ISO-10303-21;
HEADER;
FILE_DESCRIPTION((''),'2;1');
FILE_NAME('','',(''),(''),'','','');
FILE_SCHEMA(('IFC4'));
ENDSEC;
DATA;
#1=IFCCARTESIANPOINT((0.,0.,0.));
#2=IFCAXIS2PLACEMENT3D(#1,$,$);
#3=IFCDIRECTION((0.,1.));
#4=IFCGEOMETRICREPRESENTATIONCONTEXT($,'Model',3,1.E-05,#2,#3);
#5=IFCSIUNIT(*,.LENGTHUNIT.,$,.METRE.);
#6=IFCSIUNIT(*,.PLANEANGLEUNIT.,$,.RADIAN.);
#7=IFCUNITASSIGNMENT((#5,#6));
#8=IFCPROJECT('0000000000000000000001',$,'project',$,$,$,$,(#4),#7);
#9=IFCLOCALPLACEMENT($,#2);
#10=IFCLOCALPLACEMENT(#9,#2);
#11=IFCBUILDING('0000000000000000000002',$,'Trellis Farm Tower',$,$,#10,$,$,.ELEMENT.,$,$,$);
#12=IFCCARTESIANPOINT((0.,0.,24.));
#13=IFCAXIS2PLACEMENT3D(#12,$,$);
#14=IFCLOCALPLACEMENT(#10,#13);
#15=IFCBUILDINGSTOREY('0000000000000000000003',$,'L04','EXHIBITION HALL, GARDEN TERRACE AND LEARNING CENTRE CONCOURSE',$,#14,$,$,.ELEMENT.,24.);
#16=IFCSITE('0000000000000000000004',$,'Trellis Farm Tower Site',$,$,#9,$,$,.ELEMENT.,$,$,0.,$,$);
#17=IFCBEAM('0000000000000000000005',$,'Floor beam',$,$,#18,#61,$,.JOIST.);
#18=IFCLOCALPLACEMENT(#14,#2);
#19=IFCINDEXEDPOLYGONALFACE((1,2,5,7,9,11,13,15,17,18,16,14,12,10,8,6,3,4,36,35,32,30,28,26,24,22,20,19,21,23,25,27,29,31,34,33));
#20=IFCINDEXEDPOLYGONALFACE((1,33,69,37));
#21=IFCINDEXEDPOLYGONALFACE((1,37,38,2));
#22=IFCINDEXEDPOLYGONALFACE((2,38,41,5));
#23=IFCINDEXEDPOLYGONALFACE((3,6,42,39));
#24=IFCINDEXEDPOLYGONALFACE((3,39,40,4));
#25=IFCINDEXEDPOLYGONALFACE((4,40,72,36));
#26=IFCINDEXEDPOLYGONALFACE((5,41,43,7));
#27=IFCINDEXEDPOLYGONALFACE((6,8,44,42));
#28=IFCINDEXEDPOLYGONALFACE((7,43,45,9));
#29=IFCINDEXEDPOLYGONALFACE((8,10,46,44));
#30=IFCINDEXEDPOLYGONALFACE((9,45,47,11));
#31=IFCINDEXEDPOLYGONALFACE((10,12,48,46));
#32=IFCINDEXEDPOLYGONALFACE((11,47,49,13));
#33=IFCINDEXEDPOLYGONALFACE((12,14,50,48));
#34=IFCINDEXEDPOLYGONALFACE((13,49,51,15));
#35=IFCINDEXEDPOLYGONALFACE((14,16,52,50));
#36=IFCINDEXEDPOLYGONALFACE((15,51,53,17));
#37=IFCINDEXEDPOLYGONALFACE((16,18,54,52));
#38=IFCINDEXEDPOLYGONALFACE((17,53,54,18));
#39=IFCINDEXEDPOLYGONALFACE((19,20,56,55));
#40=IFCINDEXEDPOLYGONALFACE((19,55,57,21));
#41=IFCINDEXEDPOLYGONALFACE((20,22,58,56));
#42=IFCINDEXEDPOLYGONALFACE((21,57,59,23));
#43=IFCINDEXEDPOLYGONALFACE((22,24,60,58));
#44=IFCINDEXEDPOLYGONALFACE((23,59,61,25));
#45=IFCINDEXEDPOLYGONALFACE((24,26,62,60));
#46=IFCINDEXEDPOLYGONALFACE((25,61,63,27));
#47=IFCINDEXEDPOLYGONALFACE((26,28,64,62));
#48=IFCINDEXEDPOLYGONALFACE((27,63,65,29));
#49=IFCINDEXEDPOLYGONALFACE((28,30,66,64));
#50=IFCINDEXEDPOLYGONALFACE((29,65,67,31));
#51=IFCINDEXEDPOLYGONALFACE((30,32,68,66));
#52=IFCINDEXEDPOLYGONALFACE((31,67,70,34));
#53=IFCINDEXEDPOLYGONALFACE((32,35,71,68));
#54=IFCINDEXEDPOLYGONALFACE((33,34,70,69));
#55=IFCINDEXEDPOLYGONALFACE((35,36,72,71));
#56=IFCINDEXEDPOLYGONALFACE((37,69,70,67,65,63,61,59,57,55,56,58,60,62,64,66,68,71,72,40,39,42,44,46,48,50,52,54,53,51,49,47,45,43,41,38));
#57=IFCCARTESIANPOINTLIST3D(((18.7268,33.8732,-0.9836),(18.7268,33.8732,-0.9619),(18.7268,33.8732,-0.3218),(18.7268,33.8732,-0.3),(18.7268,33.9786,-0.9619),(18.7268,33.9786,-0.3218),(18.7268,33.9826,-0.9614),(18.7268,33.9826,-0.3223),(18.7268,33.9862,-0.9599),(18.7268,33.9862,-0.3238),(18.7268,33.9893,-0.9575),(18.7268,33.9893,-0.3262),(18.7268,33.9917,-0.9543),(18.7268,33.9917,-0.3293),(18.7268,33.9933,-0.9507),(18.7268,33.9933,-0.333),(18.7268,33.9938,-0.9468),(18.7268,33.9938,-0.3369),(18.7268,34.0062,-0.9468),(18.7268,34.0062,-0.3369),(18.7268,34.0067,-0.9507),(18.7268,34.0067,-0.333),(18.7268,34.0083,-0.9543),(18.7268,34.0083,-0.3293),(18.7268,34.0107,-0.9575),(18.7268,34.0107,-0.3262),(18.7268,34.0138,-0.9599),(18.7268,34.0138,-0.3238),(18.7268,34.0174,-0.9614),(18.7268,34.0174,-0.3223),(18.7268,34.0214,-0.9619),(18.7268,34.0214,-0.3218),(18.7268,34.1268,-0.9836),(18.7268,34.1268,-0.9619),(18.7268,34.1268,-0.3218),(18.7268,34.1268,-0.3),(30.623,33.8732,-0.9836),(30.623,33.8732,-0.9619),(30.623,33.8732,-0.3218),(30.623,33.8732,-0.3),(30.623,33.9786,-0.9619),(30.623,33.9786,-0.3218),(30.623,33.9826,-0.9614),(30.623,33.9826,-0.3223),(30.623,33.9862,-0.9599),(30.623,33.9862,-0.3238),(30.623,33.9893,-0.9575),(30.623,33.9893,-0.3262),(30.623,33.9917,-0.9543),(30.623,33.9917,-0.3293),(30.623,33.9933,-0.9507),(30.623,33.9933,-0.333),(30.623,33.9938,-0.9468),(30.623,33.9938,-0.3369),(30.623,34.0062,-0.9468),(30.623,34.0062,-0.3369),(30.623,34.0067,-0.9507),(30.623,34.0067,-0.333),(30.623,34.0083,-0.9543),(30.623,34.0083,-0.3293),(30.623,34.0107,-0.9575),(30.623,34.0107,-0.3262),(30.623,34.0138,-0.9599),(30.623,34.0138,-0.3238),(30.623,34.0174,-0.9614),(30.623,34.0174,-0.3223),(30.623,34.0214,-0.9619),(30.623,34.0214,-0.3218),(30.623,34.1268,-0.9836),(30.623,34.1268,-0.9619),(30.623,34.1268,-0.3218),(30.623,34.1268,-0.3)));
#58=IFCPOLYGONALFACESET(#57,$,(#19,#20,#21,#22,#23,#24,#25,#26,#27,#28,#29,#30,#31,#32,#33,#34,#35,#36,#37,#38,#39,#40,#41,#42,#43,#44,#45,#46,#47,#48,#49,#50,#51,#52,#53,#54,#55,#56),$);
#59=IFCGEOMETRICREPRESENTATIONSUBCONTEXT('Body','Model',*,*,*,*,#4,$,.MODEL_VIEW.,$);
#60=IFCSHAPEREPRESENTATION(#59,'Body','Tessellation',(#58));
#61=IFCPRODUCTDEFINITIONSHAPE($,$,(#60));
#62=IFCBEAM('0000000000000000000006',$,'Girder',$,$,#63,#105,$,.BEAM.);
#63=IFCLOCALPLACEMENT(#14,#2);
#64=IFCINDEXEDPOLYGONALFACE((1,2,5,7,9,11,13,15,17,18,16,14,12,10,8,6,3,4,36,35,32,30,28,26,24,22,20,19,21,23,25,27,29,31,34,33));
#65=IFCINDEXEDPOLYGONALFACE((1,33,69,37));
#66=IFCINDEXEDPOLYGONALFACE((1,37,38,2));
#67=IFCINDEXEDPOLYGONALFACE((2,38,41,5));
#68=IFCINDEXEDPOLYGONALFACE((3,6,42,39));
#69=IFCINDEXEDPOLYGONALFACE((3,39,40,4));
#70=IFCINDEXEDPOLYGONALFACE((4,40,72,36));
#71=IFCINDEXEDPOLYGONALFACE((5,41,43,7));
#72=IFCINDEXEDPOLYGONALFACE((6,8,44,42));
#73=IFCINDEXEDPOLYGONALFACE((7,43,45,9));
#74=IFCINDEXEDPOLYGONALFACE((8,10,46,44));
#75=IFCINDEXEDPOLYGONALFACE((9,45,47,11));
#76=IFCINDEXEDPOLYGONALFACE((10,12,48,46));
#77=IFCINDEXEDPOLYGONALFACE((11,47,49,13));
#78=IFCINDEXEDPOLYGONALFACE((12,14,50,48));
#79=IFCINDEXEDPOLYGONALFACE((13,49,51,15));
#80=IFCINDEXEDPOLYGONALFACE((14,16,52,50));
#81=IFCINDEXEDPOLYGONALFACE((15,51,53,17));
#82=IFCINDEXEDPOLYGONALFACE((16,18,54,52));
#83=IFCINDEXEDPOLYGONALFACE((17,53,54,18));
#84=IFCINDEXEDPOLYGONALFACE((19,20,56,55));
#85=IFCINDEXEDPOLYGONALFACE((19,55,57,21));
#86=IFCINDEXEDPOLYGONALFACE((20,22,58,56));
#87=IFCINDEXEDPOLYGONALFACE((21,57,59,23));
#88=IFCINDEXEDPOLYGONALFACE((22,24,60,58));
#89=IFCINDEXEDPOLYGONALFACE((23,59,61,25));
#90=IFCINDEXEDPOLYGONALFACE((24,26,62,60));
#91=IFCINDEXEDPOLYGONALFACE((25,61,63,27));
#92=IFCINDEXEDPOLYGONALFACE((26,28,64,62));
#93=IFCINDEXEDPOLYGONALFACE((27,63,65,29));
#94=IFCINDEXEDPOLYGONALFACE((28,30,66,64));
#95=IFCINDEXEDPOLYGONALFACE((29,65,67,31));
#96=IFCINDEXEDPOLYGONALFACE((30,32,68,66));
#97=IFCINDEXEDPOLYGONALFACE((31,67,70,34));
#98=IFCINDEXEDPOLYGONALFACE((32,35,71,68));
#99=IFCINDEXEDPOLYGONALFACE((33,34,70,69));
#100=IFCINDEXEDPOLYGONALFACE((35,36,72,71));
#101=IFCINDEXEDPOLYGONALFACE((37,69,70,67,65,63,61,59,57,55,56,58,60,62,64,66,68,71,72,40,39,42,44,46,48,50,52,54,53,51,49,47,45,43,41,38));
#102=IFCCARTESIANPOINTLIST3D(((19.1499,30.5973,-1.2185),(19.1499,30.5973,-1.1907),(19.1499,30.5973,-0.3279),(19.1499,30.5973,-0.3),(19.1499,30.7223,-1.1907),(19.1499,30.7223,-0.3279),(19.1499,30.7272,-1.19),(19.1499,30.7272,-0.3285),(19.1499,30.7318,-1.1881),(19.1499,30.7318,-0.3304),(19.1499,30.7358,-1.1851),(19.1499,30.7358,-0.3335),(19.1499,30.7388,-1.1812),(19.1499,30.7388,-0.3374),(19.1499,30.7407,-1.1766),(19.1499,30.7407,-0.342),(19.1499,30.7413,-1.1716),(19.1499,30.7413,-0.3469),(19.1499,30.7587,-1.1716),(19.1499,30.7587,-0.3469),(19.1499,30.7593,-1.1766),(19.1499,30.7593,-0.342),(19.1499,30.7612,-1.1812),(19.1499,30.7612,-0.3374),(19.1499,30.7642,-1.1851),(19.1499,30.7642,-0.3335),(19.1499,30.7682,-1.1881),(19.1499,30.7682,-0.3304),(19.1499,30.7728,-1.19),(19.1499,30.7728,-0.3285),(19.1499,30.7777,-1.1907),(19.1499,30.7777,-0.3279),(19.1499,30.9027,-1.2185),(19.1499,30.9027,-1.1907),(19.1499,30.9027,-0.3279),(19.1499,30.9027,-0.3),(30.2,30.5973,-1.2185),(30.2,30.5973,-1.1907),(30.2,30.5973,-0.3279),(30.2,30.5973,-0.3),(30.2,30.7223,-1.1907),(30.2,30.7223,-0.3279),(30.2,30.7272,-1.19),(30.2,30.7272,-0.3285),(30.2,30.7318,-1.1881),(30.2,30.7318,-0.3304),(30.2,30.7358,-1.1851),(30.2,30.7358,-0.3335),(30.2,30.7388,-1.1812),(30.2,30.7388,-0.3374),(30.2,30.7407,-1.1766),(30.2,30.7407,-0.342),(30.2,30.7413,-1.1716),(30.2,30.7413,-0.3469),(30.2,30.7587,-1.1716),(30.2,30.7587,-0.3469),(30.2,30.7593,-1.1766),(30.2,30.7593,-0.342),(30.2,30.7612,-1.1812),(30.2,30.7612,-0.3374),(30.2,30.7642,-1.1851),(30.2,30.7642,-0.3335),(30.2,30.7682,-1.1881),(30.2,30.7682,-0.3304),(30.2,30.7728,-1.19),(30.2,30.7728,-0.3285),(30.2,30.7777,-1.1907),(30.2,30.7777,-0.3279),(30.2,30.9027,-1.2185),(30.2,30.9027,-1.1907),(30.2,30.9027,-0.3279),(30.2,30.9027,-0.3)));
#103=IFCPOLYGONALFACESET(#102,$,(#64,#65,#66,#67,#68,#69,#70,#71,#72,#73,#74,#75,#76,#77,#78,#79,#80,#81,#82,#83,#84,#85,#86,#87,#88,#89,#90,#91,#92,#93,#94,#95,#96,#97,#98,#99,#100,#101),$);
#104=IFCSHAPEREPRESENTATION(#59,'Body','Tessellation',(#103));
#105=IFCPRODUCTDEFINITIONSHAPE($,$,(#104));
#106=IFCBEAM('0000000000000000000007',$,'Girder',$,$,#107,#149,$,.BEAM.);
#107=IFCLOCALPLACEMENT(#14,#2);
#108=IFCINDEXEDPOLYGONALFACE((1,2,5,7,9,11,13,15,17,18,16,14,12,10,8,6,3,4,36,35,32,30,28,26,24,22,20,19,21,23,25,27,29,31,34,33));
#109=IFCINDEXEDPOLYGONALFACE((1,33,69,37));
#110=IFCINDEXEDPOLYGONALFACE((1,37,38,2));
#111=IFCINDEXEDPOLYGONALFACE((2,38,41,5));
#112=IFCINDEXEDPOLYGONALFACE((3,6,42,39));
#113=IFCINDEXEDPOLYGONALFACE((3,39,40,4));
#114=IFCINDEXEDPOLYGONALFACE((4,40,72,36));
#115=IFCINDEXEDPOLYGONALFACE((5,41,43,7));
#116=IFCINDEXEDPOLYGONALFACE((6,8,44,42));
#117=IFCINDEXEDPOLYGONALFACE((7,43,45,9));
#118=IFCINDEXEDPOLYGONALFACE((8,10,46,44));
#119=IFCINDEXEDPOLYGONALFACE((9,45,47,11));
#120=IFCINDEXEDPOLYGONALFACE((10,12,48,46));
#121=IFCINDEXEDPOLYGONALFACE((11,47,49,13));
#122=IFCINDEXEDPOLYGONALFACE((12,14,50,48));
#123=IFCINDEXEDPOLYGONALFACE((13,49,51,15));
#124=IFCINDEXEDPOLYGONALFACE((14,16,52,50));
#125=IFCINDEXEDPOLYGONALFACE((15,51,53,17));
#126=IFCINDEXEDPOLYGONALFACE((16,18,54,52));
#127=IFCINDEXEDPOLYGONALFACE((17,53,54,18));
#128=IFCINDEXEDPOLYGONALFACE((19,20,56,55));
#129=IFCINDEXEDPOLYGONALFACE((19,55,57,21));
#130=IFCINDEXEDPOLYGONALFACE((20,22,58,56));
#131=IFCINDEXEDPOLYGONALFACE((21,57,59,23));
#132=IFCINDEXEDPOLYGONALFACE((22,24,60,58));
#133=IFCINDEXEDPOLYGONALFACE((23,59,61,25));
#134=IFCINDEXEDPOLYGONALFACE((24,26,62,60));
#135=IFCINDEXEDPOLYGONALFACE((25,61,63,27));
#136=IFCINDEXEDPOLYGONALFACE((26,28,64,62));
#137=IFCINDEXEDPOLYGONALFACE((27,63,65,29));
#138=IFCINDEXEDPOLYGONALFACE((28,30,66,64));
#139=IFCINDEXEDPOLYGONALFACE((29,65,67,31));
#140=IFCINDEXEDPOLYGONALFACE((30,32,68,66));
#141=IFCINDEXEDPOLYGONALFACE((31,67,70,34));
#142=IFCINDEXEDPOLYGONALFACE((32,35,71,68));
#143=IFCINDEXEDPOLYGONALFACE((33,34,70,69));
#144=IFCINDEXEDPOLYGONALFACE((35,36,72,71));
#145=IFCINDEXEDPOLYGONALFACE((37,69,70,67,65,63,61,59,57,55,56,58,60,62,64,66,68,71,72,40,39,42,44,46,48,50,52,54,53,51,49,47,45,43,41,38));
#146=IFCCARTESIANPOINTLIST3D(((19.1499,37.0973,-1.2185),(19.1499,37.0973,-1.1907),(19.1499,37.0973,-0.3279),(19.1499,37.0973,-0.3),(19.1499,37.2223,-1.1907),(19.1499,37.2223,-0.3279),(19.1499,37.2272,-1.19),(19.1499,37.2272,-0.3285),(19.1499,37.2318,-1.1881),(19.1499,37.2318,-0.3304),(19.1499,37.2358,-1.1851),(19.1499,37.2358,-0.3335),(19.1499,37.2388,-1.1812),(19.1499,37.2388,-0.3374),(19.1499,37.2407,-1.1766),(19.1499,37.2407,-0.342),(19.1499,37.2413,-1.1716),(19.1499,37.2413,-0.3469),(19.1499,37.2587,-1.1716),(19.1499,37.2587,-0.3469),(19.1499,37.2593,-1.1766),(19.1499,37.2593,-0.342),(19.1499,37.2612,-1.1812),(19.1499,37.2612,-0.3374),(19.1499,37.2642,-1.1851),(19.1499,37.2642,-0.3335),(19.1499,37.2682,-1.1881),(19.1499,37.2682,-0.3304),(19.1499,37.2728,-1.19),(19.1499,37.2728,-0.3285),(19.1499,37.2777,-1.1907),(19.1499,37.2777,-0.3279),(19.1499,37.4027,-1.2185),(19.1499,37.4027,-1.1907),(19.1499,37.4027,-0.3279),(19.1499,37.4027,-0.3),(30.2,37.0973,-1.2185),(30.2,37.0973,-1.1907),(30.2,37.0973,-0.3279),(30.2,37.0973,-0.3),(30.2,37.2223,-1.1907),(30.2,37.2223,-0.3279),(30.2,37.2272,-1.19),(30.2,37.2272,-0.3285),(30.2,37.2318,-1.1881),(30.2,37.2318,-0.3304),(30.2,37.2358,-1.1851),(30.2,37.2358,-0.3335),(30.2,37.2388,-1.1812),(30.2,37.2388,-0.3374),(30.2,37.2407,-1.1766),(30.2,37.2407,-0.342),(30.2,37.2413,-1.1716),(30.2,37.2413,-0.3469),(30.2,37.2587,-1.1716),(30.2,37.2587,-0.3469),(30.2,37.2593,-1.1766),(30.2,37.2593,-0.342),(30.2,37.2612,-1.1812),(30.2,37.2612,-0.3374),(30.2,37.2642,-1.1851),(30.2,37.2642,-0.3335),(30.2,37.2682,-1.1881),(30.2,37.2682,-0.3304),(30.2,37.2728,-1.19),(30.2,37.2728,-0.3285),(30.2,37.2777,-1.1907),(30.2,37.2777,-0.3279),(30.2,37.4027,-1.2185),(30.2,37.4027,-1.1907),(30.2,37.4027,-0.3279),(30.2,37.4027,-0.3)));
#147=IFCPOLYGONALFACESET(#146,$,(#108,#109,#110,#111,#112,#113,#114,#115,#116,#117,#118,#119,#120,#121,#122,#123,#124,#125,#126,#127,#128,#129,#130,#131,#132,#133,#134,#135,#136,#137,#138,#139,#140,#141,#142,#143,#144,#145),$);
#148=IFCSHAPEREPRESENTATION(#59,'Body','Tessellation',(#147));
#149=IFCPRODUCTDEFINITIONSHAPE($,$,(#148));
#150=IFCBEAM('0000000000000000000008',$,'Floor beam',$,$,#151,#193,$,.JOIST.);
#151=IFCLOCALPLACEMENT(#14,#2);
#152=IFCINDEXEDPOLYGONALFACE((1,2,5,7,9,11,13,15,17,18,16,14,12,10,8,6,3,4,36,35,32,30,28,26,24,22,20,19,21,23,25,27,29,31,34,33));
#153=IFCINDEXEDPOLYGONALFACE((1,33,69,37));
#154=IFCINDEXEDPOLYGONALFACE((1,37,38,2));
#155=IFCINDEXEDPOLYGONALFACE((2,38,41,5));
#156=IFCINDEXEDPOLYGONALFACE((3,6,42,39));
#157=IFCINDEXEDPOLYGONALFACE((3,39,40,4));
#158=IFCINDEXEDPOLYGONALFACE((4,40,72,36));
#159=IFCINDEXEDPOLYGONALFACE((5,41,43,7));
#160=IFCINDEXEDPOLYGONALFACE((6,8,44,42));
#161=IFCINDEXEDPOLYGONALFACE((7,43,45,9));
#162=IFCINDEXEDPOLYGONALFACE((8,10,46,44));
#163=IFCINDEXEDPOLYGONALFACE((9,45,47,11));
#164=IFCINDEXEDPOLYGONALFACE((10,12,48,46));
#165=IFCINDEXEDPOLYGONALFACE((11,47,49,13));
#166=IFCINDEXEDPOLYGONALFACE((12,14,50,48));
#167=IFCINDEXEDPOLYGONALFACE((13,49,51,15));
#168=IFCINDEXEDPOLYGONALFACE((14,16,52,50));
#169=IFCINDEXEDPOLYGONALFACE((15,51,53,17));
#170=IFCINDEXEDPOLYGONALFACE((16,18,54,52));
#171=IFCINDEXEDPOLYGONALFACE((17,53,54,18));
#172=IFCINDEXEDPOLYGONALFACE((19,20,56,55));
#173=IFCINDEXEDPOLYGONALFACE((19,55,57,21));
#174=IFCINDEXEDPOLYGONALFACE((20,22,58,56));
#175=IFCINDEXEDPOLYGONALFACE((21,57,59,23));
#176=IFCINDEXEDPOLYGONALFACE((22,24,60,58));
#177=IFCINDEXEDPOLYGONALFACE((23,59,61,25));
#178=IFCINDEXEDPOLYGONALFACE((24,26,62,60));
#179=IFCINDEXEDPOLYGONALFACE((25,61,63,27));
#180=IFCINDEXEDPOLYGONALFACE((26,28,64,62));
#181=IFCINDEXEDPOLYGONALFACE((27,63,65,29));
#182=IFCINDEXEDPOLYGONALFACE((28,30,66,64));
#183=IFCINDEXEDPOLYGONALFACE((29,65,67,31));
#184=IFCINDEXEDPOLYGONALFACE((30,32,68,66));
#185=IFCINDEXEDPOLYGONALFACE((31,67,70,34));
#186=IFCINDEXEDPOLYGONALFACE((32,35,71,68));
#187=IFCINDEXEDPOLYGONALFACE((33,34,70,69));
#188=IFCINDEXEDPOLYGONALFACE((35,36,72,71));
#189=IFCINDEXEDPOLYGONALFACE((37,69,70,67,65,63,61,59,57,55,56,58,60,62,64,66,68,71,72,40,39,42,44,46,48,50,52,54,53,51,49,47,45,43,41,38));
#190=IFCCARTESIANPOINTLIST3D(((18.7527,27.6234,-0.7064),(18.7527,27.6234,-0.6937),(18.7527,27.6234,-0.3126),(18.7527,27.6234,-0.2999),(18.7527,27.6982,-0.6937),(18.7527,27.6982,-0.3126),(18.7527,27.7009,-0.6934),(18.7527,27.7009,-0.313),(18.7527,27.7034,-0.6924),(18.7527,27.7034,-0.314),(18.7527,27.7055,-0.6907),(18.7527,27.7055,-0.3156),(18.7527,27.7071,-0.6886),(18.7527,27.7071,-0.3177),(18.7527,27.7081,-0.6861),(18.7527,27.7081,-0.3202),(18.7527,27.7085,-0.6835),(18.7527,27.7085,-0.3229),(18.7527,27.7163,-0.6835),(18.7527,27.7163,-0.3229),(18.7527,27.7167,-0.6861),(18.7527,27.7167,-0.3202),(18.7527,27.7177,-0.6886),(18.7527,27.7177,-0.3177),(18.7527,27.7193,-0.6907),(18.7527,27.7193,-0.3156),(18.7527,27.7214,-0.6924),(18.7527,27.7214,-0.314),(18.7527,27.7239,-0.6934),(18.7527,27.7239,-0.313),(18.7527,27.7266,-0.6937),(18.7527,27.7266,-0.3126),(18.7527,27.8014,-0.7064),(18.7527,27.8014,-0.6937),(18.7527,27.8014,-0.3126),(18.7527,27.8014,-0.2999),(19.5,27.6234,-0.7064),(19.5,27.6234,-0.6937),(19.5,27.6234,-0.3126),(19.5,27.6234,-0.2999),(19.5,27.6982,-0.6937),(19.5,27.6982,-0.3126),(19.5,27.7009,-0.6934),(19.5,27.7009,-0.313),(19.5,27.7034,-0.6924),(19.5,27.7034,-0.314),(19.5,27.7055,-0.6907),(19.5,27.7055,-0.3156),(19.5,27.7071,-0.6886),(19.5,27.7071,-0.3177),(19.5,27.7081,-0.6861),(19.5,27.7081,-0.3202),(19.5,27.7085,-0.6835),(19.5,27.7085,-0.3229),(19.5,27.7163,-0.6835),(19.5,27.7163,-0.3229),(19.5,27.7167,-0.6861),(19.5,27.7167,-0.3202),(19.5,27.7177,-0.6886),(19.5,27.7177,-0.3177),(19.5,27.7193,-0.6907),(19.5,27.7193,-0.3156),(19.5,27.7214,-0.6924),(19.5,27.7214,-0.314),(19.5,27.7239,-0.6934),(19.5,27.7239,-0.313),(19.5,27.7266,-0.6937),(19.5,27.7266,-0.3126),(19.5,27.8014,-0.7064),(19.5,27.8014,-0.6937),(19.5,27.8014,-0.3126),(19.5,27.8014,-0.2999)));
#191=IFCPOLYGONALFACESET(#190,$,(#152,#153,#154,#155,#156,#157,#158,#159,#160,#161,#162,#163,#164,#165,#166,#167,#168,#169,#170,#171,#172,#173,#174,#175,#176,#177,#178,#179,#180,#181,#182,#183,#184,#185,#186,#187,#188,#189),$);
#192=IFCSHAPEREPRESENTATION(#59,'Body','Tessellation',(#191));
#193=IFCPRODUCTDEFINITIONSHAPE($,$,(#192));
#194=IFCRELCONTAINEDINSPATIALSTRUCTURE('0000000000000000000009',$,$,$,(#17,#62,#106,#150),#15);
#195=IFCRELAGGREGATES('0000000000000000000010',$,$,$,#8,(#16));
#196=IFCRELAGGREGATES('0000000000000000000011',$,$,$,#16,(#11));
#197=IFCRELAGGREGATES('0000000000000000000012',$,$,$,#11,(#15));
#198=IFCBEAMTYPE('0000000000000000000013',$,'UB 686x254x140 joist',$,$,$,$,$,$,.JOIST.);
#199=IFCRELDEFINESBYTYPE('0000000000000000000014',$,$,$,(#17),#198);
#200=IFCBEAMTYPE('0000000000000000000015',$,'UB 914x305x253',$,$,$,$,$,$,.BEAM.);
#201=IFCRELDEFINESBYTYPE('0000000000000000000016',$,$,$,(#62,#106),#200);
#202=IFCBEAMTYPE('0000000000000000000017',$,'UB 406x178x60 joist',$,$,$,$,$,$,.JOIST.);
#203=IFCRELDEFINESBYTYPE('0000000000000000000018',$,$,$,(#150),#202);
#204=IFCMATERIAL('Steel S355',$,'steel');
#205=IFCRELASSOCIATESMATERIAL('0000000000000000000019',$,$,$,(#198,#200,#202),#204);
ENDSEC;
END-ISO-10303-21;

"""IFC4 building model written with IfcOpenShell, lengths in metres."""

from ifc_helpers import new_model, si_unit, direction, frame, origin, origin_2d, place, context, subcontext, project, spatial, i_section, extrude, source, transform, mapped, material, material_profile, profile_set, type_object, element, save


model = new_model("IFC4")

# Units and contexts
model_context = context("Model", 3, precision=1e-05, world=origin(), true_north=direction((0.0, 1.0)))
body_context = subcontext(model_context, "Body", "Model", "MODEL_VIEW")
ifc_project = project(units=[si_unit("LENGTHUNIT", "METRE"), si_unit("PLANEANGLEUNIT", "RADIAN")], contexts=[model_context])

# Site, building, storey
site_placement = place(None, origin())
site = spatial("IfcSite", under=ifc_project, at=site_placement, Name="Trellis Farm Tower Site", CompositionType="ELEMENT", RefElevation=0.0)
building_placement = place(site_placement, origin())
building = spatial("IfcBuilding", under=site, at=building_placement, Name="Trellis Farm Tower", CompositionType="ELEMENT")
storey_placement = place(building_placement, frame((0.0, 0.0, 24.0)))
storey = spatial("IfcBuildingStorey", under=building, at=storey_placement, Name="L04", Description="EXHIBITION HALL, GARDEN TERRACE AND LEARNING CENTRE CONCOURSE", CompositionType="ELEMENT", Elevation=24.0)

# Beams
ifc_material_1 = material(Name="Steel S355", Category="steel")
ifc_material_profile_1 = material_profile(ifc_material_1, i_section(OverallWidth=0.2537, OverallDepth=0.6836, WebThickness=0.0125, FlangeThickness=0.0217, FilletRadius=0.0151, at=origin_2d()), Name="UB 686x254x140")
ifc_profile_set_1 = profile_set([ifc_material_profile_1], Name="Steel S355")
beam_type_1 = type_object("IfcBeamType", Name="UB 686x254x140 joist", PredefinedType="JOIST", material=ifc_profile_set_1)
shared_shape_1 = source(origin(), body_context, "Body", "SweptSolid", [
    extrude(i_section(OverallWidth=0.2537, OverallDepth=0.6836, WebThickness=0.0125, FlangeThickness=0.0217, FilletRadius=0.0151, at=origin_2d()), origin(), (0.0, 0.0, 1.0), 11.8962),
])
beam_1_placement = place(storey_placement, frame((18.7268, 34.0, -0.6418), z_axis=(1.0, 0.0, 0.0), x_axis=(0.0, 1.0, 0.0)))
element("IfcBeam", 1, at=beam_1_placement, inside=storey, type_object=beam_type_1, Name="Floor beam", PredefinedType="JOIST", context=body_context, shape_type="MappedRepresentation", body=[
    mapped(shared_shape_1, transform((0.0, 0.0, 0.0))),
])
ifc_material_profile_2 = material_profile(ifc_material_1, i_section(OverallWidth=0.3054, OverallDepth=0.9185, WebThickness=0.0173, FlangeThickness=0.0278, FilletRadius=0.019, at=origin_2d()), Name="UB 914x305x253")
ifc_profile_set_2 = profile_set([ifc_material_profile_2], Name="Steel S355")
beam_type_2 = type_object("IfcBeamType", Name="UB 914x305x253", PredefinedType="BEAM", material=ifc_profile_set_2)
shared_shape_2 = source(origin(), body_context, "Body", "SweptSolid", [
    extrude(i_section(OverallWidth=0.3054, OverallDepth=0.9185, WebThickness=0.0173, FlangeThickness=0.0278, FilletRadius=0.019, at=origin_2d()), origin(), (0.0, 0.0, 1.0), 11.05),
])
for number, where, z_axis, x_axis, name in (
    (2, (19.1499, 30.75, -0.7593), (1.0, 0.0, 0.0), (0.0, 1.0, 0.0), "Girder"),
    (3, (19.1499, 37.25, -0.7593), (1.0, 0.0, 0.0), (0.0, 1.0, 0.0), "Girder"),
):
    element("IfcBeam", number, at=place(storey_placement, frame(where, z_axis=z_axis, x_axis=x_axis)), inside=storey, type_object=beam_type_2, Name=name, PredefinedType="BEAM", context=body_context, shape_type="MappedRepresentation", body=[
        mapped(shared_shape_2, transform((0.0, 0.0, 0.0))),
    ])
ifc_material_profile_3 = material_profile(ifc_material_1, i_section(OverallWidth=0.178, OverallDepth=0.4065, WebThickness=0.0078, FlangeThickness=0.0127, FilletRadius=0.0103, at=origin_2d()), Name="UB 406x178x60")
ifc_profile_set_3 = profile_set([ifc_material_profile_3], Name="Steel S355")
beam_type_3 = type_object("IfcBeamType", Name="UB 406x178x60 joist", PredefinedType="JOIST", material=ifc_profile_set_3)
shared_shape_3 = source(origin(), body_context, "Body", "SweptSolid", [
    extrude(i_section(OverallWidth=0.178, OverallDepth=0.4065, WebThickness=0.0078, FlangeThickness=0.0127, FilletRadius=0.0103, at=origin_2d()), origin(), (0.0, 0.0, 1.0), 0.7473),
])
beam_2_placement = place(storey_placement, frame((18.7527, 27.7124, -0.5032), z_axis=(1.0, 0.0, 0.0), x_axis=(0.0, 1.0, 0.0)))
element("IfcBeam", 4, at=beam_2_placement, inside=storey, type_object=beam_type_3, Name="Floor beam", PredefinedType="JOIST", context=body_context, shape_type="MappedRepresentation", body=[
    mapped(shared_shape_3, transform((0.0, 0.0, 0.0))),
])

save(model, "model.ifc")
